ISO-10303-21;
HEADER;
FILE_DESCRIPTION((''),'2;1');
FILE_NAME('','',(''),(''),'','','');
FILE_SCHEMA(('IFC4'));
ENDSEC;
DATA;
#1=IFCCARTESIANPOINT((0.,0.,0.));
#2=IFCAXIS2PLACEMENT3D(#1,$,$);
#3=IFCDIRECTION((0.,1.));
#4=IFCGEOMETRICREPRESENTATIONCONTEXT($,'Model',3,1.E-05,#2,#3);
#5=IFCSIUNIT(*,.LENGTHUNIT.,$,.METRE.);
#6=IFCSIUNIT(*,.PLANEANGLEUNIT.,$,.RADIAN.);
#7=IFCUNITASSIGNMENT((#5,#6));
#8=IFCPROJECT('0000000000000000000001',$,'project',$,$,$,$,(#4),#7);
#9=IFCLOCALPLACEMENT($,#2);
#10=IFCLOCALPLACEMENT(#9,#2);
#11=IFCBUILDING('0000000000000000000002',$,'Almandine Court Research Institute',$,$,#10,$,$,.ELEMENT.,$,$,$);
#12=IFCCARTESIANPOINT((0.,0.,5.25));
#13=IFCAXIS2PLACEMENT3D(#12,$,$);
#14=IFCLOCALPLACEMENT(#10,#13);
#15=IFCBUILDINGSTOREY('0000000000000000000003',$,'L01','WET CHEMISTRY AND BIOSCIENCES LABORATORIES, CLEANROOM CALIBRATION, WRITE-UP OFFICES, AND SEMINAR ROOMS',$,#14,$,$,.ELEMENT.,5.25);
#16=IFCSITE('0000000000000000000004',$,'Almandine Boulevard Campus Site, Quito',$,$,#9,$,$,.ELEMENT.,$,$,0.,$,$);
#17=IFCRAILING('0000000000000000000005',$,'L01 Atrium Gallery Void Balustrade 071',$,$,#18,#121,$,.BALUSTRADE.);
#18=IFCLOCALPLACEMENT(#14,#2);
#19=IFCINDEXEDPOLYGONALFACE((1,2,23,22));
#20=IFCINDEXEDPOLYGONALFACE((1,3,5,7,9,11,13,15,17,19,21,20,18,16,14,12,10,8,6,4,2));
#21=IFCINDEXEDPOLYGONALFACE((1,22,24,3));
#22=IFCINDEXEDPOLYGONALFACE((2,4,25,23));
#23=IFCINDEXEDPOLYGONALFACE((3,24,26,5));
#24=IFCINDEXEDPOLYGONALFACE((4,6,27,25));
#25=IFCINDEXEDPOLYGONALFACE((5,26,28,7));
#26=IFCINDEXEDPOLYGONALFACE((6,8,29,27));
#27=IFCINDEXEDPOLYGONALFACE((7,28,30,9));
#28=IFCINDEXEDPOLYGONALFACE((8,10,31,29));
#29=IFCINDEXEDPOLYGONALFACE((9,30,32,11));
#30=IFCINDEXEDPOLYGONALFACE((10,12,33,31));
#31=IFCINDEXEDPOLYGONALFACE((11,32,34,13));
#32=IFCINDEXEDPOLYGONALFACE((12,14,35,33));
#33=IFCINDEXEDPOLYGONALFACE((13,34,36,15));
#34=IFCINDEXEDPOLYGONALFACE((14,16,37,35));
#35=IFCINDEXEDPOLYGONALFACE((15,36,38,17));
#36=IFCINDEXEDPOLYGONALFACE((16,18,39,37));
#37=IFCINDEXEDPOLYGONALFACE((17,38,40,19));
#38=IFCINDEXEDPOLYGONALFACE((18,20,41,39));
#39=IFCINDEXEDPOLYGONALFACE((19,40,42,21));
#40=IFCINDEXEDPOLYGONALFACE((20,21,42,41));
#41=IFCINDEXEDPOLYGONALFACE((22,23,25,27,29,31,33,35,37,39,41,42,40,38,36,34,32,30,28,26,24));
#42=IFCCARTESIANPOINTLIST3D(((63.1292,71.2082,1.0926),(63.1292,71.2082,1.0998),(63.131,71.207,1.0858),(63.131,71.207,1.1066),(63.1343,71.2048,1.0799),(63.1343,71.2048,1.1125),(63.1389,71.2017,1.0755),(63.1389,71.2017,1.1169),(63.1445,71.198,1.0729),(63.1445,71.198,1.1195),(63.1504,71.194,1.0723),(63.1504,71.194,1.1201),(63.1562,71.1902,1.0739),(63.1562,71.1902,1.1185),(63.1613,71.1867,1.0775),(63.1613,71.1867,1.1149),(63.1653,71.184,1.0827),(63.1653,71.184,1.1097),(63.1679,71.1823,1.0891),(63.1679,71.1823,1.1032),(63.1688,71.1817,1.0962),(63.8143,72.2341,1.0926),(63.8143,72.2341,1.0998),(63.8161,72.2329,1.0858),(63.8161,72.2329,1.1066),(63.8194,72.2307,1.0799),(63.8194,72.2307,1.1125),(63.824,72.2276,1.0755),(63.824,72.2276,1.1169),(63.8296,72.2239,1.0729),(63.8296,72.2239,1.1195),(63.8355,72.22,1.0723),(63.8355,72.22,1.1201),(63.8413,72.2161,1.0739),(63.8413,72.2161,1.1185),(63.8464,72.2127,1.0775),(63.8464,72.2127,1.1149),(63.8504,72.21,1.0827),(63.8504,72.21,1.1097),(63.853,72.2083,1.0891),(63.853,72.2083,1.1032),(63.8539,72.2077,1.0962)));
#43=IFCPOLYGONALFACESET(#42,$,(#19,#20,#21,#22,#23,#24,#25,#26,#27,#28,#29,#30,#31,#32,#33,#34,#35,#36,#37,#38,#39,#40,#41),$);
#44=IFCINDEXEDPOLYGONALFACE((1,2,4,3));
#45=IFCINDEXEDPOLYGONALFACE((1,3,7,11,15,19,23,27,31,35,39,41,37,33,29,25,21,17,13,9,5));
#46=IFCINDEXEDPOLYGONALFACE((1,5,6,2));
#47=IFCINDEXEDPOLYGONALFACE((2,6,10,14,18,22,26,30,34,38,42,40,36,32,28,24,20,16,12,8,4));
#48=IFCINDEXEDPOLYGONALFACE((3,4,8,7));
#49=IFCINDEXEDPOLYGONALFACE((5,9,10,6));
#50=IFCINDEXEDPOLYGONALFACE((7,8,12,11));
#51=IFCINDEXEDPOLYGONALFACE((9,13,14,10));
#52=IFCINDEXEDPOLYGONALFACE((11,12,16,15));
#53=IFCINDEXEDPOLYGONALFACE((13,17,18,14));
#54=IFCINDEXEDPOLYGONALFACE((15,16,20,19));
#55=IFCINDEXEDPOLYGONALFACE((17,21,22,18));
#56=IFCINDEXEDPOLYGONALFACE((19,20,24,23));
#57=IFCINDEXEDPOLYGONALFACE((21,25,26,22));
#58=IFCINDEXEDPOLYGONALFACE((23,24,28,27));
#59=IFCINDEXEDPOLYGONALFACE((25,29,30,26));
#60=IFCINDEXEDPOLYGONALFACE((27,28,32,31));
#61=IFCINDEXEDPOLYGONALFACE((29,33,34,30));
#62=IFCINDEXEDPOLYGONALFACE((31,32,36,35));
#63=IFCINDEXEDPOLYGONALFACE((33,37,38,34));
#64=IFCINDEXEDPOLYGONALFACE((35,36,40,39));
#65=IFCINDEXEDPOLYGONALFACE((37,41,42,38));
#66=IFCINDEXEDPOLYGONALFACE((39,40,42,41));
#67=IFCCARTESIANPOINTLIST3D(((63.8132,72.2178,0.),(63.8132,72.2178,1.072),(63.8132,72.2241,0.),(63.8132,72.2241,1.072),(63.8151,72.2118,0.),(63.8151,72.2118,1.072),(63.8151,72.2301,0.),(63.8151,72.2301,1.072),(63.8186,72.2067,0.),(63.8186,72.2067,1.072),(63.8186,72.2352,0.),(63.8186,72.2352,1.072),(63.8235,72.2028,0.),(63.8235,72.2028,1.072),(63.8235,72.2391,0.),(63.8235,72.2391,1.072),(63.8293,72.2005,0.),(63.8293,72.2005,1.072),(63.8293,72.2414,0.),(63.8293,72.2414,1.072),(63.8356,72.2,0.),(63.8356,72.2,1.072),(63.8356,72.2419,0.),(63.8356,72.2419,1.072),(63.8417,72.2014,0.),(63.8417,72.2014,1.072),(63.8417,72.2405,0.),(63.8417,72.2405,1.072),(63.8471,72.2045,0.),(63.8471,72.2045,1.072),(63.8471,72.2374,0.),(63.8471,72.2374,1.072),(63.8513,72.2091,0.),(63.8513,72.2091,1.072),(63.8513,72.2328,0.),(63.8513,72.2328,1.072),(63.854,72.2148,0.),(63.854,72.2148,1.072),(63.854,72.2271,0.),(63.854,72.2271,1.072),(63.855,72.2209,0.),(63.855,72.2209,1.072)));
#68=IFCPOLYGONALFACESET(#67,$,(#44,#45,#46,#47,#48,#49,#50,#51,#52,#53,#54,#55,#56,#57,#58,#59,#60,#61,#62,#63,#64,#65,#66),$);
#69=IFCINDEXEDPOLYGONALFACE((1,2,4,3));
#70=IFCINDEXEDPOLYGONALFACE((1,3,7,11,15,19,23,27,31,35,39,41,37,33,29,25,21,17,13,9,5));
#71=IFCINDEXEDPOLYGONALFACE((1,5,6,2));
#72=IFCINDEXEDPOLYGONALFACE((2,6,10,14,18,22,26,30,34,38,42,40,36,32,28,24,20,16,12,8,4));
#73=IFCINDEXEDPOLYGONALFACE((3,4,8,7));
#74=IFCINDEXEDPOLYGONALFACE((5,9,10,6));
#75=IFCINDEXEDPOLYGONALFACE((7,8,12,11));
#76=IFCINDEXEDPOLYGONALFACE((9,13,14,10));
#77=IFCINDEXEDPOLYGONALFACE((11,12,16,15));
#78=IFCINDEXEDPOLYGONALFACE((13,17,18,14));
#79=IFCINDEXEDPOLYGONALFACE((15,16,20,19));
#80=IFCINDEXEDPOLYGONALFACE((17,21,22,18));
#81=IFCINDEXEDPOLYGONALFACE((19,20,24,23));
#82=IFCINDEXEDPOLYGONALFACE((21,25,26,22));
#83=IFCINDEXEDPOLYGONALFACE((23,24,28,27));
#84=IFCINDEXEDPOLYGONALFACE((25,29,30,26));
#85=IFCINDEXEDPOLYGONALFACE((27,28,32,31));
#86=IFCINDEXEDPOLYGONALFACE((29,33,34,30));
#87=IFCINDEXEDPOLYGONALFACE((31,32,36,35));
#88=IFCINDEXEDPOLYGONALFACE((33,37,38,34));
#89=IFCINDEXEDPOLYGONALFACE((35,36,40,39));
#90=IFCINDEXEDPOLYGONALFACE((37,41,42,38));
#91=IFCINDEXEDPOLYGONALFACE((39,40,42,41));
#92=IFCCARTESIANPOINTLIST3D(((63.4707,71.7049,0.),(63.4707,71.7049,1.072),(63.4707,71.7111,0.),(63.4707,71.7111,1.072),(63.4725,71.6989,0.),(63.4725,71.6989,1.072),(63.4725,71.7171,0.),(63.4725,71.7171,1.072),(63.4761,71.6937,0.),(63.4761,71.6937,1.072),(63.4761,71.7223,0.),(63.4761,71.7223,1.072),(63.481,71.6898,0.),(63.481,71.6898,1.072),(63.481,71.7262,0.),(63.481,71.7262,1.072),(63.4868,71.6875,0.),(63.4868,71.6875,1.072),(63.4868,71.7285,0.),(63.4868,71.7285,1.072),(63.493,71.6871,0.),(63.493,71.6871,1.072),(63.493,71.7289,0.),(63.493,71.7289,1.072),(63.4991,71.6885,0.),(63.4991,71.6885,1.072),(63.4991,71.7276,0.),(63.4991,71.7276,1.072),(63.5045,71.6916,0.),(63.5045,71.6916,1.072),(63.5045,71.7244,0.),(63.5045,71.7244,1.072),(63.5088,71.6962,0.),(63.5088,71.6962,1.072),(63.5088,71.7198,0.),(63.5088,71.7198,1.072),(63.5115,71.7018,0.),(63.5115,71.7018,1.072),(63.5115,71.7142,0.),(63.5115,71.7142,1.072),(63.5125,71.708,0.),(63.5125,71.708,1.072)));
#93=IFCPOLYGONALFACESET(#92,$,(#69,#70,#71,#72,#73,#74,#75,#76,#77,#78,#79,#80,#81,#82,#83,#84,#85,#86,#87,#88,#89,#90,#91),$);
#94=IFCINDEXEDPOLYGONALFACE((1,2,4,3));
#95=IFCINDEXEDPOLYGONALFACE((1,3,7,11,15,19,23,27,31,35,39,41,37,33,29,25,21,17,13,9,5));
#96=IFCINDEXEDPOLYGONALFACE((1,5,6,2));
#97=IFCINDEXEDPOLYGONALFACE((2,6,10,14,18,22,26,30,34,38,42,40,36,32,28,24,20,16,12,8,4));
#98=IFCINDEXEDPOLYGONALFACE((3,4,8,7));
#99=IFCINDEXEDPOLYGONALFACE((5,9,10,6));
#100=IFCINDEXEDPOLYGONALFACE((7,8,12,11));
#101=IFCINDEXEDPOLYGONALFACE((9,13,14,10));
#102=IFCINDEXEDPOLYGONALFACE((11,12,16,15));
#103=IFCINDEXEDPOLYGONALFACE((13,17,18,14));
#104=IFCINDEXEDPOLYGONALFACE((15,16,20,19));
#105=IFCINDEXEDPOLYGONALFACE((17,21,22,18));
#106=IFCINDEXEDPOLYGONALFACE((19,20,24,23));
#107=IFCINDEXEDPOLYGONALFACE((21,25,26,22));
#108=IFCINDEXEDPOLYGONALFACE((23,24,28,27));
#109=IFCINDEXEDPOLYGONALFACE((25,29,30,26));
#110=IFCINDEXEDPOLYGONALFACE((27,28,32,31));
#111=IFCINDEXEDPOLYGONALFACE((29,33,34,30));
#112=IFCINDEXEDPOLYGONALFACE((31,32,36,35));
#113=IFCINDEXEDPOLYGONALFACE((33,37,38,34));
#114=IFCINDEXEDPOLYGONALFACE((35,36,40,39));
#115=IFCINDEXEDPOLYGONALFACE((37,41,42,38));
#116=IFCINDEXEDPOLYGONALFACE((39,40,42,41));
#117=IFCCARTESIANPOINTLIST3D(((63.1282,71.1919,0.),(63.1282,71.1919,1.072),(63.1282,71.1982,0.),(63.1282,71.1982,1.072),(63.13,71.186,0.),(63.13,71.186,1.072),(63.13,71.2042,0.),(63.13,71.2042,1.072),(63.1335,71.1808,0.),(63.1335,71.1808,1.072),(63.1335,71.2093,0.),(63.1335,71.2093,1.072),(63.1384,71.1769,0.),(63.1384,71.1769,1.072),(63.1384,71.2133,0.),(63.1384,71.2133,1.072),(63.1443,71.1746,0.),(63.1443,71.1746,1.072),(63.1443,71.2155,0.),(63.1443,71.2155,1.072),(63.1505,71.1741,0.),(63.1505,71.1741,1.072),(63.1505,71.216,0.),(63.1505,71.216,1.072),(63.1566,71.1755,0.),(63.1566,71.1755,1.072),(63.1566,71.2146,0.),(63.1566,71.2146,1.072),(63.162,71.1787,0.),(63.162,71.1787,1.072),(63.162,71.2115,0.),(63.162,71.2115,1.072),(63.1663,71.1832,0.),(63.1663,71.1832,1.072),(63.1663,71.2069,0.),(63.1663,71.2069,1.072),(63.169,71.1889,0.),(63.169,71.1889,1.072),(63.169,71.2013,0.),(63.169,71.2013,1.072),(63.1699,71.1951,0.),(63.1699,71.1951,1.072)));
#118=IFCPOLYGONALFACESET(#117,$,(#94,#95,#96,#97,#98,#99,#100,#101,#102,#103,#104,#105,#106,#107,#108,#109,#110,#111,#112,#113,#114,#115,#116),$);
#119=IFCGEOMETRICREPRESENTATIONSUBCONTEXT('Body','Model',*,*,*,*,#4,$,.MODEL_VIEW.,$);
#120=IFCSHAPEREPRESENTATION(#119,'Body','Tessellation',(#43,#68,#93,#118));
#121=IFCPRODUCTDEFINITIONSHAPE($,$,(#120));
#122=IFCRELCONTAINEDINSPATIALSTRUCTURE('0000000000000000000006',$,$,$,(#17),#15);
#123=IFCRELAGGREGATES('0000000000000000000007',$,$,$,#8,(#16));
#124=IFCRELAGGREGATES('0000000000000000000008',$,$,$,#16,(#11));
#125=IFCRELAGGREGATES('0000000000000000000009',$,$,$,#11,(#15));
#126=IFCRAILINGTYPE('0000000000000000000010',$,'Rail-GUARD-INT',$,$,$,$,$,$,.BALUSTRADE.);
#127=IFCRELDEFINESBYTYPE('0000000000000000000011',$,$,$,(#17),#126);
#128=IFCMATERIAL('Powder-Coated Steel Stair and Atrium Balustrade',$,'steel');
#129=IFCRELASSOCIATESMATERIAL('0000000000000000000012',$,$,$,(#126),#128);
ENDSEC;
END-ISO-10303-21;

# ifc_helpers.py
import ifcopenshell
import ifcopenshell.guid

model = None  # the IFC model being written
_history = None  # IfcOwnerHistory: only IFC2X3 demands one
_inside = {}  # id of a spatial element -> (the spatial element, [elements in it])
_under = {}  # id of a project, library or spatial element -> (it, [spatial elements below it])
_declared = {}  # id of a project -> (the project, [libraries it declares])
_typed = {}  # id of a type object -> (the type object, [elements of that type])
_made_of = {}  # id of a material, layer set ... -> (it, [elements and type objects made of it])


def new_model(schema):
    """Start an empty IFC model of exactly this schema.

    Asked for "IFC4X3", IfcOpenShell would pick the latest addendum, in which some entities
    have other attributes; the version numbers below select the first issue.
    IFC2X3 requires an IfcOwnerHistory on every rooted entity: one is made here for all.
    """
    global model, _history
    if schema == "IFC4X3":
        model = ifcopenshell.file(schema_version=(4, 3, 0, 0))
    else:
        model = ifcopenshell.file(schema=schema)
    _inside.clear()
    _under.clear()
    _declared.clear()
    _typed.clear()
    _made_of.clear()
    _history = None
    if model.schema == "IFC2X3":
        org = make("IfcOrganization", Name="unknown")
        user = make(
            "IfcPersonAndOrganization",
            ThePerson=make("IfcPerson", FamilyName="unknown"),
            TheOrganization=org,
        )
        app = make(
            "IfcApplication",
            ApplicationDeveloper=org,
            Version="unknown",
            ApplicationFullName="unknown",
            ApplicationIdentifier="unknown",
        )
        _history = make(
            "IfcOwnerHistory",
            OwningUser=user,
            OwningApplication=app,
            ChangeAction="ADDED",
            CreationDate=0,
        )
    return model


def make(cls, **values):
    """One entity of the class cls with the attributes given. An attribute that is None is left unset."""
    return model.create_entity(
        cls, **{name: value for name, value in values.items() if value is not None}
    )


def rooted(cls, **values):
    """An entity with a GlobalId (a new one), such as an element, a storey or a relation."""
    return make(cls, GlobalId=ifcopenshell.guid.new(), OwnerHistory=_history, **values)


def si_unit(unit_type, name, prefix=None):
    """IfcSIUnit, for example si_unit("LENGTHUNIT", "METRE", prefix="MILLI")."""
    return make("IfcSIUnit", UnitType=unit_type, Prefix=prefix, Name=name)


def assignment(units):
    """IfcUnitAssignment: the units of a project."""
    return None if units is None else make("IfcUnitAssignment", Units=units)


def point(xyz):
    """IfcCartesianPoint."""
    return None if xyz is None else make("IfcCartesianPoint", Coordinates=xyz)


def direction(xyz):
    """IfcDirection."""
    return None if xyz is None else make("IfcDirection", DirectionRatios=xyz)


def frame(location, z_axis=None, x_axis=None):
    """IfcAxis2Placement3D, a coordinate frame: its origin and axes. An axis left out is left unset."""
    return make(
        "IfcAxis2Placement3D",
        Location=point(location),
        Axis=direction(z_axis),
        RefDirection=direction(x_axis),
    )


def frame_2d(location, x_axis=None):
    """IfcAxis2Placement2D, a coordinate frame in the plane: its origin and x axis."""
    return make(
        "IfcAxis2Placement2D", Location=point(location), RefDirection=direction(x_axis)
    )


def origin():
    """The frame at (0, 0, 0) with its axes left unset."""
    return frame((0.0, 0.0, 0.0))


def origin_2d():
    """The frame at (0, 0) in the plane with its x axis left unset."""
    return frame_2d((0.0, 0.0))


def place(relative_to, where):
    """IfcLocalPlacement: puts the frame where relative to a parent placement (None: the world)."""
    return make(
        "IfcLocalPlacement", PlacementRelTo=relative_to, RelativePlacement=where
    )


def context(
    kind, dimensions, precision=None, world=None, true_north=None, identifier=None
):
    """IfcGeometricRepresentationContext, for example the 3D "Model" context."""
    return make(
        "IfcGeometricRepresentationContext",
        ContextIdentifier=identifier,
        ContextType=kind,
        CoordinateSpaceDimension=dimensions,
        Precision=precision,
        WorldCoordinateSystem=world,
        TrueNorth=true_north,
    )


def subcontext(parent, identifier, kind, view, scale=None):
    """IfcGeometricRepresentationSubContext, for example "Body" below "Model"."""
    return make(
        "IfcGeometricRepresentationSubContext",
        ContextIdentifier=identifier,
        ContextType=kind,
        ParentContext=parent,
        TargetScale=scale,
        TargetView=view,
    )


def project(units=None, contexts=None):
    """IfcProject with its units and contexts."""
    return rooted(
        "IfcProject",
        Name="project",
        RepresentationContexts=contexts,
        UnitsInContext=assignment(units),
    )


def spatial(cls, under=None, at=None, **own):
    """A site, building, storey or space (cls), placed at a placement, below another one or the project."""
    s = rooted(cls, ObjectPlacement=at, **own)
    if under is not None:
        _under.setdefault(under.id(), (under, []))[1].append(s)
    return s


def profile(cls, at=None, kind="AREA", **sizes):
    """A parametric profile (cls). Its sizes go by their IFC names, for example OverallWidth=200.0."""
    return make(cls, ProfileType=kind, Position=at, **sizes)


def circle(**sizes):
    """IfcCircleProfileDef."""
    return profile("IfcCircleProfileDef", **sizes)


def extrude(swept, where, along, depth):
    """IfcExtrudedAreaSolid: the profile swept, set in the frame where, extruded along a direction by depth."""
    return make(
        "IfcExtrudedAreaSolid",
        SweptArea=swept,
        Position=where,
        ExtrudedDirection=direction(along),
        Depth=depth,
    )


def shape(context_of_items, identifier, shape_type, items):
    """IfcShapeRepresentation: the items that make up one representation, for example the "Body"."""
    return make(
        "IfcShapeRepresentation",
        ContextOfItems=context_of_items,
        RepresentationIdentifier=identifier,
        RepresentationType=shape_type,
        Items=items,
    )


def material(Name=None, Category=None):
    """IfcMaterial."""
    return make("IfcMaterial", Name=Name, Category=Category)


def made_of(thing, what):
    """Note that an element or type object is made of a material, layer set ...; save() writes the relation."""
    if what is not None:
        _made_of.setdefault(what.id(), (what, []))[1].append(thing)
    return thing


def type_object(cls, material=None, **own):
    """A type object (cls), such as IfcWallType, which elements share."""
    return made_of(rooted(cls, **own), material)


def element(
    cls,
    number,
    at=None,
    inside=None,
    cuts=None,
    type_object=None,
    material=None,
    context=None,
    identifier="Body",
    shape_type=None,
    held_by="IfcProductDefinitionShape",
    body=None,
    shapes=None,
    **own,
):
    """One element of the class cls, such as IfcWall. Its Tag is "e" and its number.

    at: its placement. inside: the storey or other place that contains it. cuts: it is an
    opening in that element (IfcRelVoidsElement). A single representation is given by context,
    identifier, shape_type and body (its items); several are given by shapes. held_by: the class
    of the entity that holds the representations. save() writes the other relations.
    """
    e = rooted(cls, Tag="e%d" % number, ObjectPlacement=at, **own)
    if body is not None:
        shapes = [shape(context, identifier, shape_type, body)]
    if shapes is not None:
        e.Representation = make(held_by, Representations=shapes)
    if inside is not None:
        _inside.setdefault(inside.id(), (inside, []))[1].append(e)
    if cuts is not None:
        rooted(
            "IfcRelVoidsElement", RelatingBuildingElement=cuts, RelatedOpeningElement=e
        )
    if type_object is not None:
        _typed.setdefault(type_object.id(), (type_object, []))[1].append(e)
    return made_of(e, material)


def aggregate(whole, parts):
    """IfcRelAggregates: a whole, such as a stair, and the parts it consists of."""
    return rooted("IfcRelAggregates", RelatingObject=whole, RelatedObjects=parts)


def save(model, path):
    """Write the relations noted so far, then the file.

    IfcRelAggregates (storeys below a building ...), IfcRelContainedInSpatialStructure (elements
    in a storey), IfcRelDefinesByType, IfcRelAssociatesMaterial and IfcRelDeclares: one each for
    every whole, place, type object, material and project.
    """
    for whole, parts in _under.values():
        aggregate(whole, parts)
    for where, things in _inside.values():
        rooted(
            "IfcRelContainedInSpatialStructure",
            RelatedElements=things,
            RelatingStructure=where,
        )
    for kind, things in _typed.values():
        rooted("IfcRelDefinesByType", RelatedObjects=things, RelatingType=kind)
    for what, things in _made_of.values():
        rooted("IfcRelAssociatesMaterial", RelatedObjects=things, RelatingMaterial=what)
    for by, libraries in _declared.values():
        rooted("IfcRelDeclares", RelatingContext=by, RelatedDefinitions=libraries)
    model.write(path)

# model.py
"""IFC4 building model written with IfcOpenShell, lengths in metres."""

from ifc_helpers import new_model, si_unit, direction, frame, origin, origin_2d, place, context, subcontext, project, spatial, circle, extrude, material, type_object, element, save


model = new_model("IFC4")

# Units and contexts
model_context = context("Model", 3, precision=1e-05, world=origin(), true_north=direction((0.0, 1.0)))
body_context = subcontext(model_context, "Body", "Model", "MODEL_VIEW")
ifc_project = project(units=[si_unit("LENGTHUNIT", "METRE"), si_unit("PLANEANGLEUNIT", "RADIAN")], contexts=[model_context])

# Site, building, storey
site_placement = place(None, origin())
site = spatial("IfcSite", under=ifc_project, at=site_placement, Name="Almandine Boulevard Campus Site, Quito", CompositionType="ELEMENT", RefElevation=0.0)
building_placement = place(site_placement, origin())
building = spatial("IfcBuilding", under=site, at=building_placement, Name="Almandine Court Research Institute", CompositionType="ELEMENT")
storey_placement = place(building_placement, frame((0.0, 0.0, 5.25)))
storey = spatial("IfcBuildingStorey", under=building, at=storey_placement, Name="L01", Description="WET CHEMISTRY AND BIOSCIENCES LABORATORIES, CLEANROOM CALIBRATION, WRITE-UP OFFICES, AND SEMINAR ROOMS", CompositionType="ELEMENT", Elevation=5.25)

# Railing
ifc_material_1 = material(Name="Powder-Coated Steel Stair and Atrium Balustrade", Category="steel")
railing_type = type_object("IfcRailingType", Name="Rail-GUARD-INT", PredefinedType="BALUSTRADE", material=ifc_material_1)
railing_1_placement = place(storey_placement, frame((63.834, 72.2209, 0.0)))
element("IfcRailing", 1, at=railing_1_placement, inside=storey, type_object=railing_type, Name="L01 Atrium Gallery Void Balustrade 071", PredefinedType="BALUSTRADE", context=body_context, shape_type="SweptSolid", body=[
    extrude(circle(Radius=0.0239, at=origin_2d()), frame((0.0, 0.0, 1.0962), z_axis=(-0.555339, -0.831624, 0.0), x_axis=(0.831624, -0.555339, 0.0)), (0.0, 0.0, 1.0), 1.2336),
    extrude(circle(Radius=0.021, at=origin_2d()), origin(), (0.0, 0.0, 1.0), 1.072),
    extrude(circle(Radius=0.021, at=origin_2d()), frame((-0.3425, -0.5129, 0.0)), (0.0, 0.0, 1.0), 1.072),
    extrude(circle(Radius=0.021, at=origin_2d()), frame((-0.6851, -1.0259, 0.0)), (0.0, 0.0, 1.0), 1.072),
])

save(model, "model.ifc")
